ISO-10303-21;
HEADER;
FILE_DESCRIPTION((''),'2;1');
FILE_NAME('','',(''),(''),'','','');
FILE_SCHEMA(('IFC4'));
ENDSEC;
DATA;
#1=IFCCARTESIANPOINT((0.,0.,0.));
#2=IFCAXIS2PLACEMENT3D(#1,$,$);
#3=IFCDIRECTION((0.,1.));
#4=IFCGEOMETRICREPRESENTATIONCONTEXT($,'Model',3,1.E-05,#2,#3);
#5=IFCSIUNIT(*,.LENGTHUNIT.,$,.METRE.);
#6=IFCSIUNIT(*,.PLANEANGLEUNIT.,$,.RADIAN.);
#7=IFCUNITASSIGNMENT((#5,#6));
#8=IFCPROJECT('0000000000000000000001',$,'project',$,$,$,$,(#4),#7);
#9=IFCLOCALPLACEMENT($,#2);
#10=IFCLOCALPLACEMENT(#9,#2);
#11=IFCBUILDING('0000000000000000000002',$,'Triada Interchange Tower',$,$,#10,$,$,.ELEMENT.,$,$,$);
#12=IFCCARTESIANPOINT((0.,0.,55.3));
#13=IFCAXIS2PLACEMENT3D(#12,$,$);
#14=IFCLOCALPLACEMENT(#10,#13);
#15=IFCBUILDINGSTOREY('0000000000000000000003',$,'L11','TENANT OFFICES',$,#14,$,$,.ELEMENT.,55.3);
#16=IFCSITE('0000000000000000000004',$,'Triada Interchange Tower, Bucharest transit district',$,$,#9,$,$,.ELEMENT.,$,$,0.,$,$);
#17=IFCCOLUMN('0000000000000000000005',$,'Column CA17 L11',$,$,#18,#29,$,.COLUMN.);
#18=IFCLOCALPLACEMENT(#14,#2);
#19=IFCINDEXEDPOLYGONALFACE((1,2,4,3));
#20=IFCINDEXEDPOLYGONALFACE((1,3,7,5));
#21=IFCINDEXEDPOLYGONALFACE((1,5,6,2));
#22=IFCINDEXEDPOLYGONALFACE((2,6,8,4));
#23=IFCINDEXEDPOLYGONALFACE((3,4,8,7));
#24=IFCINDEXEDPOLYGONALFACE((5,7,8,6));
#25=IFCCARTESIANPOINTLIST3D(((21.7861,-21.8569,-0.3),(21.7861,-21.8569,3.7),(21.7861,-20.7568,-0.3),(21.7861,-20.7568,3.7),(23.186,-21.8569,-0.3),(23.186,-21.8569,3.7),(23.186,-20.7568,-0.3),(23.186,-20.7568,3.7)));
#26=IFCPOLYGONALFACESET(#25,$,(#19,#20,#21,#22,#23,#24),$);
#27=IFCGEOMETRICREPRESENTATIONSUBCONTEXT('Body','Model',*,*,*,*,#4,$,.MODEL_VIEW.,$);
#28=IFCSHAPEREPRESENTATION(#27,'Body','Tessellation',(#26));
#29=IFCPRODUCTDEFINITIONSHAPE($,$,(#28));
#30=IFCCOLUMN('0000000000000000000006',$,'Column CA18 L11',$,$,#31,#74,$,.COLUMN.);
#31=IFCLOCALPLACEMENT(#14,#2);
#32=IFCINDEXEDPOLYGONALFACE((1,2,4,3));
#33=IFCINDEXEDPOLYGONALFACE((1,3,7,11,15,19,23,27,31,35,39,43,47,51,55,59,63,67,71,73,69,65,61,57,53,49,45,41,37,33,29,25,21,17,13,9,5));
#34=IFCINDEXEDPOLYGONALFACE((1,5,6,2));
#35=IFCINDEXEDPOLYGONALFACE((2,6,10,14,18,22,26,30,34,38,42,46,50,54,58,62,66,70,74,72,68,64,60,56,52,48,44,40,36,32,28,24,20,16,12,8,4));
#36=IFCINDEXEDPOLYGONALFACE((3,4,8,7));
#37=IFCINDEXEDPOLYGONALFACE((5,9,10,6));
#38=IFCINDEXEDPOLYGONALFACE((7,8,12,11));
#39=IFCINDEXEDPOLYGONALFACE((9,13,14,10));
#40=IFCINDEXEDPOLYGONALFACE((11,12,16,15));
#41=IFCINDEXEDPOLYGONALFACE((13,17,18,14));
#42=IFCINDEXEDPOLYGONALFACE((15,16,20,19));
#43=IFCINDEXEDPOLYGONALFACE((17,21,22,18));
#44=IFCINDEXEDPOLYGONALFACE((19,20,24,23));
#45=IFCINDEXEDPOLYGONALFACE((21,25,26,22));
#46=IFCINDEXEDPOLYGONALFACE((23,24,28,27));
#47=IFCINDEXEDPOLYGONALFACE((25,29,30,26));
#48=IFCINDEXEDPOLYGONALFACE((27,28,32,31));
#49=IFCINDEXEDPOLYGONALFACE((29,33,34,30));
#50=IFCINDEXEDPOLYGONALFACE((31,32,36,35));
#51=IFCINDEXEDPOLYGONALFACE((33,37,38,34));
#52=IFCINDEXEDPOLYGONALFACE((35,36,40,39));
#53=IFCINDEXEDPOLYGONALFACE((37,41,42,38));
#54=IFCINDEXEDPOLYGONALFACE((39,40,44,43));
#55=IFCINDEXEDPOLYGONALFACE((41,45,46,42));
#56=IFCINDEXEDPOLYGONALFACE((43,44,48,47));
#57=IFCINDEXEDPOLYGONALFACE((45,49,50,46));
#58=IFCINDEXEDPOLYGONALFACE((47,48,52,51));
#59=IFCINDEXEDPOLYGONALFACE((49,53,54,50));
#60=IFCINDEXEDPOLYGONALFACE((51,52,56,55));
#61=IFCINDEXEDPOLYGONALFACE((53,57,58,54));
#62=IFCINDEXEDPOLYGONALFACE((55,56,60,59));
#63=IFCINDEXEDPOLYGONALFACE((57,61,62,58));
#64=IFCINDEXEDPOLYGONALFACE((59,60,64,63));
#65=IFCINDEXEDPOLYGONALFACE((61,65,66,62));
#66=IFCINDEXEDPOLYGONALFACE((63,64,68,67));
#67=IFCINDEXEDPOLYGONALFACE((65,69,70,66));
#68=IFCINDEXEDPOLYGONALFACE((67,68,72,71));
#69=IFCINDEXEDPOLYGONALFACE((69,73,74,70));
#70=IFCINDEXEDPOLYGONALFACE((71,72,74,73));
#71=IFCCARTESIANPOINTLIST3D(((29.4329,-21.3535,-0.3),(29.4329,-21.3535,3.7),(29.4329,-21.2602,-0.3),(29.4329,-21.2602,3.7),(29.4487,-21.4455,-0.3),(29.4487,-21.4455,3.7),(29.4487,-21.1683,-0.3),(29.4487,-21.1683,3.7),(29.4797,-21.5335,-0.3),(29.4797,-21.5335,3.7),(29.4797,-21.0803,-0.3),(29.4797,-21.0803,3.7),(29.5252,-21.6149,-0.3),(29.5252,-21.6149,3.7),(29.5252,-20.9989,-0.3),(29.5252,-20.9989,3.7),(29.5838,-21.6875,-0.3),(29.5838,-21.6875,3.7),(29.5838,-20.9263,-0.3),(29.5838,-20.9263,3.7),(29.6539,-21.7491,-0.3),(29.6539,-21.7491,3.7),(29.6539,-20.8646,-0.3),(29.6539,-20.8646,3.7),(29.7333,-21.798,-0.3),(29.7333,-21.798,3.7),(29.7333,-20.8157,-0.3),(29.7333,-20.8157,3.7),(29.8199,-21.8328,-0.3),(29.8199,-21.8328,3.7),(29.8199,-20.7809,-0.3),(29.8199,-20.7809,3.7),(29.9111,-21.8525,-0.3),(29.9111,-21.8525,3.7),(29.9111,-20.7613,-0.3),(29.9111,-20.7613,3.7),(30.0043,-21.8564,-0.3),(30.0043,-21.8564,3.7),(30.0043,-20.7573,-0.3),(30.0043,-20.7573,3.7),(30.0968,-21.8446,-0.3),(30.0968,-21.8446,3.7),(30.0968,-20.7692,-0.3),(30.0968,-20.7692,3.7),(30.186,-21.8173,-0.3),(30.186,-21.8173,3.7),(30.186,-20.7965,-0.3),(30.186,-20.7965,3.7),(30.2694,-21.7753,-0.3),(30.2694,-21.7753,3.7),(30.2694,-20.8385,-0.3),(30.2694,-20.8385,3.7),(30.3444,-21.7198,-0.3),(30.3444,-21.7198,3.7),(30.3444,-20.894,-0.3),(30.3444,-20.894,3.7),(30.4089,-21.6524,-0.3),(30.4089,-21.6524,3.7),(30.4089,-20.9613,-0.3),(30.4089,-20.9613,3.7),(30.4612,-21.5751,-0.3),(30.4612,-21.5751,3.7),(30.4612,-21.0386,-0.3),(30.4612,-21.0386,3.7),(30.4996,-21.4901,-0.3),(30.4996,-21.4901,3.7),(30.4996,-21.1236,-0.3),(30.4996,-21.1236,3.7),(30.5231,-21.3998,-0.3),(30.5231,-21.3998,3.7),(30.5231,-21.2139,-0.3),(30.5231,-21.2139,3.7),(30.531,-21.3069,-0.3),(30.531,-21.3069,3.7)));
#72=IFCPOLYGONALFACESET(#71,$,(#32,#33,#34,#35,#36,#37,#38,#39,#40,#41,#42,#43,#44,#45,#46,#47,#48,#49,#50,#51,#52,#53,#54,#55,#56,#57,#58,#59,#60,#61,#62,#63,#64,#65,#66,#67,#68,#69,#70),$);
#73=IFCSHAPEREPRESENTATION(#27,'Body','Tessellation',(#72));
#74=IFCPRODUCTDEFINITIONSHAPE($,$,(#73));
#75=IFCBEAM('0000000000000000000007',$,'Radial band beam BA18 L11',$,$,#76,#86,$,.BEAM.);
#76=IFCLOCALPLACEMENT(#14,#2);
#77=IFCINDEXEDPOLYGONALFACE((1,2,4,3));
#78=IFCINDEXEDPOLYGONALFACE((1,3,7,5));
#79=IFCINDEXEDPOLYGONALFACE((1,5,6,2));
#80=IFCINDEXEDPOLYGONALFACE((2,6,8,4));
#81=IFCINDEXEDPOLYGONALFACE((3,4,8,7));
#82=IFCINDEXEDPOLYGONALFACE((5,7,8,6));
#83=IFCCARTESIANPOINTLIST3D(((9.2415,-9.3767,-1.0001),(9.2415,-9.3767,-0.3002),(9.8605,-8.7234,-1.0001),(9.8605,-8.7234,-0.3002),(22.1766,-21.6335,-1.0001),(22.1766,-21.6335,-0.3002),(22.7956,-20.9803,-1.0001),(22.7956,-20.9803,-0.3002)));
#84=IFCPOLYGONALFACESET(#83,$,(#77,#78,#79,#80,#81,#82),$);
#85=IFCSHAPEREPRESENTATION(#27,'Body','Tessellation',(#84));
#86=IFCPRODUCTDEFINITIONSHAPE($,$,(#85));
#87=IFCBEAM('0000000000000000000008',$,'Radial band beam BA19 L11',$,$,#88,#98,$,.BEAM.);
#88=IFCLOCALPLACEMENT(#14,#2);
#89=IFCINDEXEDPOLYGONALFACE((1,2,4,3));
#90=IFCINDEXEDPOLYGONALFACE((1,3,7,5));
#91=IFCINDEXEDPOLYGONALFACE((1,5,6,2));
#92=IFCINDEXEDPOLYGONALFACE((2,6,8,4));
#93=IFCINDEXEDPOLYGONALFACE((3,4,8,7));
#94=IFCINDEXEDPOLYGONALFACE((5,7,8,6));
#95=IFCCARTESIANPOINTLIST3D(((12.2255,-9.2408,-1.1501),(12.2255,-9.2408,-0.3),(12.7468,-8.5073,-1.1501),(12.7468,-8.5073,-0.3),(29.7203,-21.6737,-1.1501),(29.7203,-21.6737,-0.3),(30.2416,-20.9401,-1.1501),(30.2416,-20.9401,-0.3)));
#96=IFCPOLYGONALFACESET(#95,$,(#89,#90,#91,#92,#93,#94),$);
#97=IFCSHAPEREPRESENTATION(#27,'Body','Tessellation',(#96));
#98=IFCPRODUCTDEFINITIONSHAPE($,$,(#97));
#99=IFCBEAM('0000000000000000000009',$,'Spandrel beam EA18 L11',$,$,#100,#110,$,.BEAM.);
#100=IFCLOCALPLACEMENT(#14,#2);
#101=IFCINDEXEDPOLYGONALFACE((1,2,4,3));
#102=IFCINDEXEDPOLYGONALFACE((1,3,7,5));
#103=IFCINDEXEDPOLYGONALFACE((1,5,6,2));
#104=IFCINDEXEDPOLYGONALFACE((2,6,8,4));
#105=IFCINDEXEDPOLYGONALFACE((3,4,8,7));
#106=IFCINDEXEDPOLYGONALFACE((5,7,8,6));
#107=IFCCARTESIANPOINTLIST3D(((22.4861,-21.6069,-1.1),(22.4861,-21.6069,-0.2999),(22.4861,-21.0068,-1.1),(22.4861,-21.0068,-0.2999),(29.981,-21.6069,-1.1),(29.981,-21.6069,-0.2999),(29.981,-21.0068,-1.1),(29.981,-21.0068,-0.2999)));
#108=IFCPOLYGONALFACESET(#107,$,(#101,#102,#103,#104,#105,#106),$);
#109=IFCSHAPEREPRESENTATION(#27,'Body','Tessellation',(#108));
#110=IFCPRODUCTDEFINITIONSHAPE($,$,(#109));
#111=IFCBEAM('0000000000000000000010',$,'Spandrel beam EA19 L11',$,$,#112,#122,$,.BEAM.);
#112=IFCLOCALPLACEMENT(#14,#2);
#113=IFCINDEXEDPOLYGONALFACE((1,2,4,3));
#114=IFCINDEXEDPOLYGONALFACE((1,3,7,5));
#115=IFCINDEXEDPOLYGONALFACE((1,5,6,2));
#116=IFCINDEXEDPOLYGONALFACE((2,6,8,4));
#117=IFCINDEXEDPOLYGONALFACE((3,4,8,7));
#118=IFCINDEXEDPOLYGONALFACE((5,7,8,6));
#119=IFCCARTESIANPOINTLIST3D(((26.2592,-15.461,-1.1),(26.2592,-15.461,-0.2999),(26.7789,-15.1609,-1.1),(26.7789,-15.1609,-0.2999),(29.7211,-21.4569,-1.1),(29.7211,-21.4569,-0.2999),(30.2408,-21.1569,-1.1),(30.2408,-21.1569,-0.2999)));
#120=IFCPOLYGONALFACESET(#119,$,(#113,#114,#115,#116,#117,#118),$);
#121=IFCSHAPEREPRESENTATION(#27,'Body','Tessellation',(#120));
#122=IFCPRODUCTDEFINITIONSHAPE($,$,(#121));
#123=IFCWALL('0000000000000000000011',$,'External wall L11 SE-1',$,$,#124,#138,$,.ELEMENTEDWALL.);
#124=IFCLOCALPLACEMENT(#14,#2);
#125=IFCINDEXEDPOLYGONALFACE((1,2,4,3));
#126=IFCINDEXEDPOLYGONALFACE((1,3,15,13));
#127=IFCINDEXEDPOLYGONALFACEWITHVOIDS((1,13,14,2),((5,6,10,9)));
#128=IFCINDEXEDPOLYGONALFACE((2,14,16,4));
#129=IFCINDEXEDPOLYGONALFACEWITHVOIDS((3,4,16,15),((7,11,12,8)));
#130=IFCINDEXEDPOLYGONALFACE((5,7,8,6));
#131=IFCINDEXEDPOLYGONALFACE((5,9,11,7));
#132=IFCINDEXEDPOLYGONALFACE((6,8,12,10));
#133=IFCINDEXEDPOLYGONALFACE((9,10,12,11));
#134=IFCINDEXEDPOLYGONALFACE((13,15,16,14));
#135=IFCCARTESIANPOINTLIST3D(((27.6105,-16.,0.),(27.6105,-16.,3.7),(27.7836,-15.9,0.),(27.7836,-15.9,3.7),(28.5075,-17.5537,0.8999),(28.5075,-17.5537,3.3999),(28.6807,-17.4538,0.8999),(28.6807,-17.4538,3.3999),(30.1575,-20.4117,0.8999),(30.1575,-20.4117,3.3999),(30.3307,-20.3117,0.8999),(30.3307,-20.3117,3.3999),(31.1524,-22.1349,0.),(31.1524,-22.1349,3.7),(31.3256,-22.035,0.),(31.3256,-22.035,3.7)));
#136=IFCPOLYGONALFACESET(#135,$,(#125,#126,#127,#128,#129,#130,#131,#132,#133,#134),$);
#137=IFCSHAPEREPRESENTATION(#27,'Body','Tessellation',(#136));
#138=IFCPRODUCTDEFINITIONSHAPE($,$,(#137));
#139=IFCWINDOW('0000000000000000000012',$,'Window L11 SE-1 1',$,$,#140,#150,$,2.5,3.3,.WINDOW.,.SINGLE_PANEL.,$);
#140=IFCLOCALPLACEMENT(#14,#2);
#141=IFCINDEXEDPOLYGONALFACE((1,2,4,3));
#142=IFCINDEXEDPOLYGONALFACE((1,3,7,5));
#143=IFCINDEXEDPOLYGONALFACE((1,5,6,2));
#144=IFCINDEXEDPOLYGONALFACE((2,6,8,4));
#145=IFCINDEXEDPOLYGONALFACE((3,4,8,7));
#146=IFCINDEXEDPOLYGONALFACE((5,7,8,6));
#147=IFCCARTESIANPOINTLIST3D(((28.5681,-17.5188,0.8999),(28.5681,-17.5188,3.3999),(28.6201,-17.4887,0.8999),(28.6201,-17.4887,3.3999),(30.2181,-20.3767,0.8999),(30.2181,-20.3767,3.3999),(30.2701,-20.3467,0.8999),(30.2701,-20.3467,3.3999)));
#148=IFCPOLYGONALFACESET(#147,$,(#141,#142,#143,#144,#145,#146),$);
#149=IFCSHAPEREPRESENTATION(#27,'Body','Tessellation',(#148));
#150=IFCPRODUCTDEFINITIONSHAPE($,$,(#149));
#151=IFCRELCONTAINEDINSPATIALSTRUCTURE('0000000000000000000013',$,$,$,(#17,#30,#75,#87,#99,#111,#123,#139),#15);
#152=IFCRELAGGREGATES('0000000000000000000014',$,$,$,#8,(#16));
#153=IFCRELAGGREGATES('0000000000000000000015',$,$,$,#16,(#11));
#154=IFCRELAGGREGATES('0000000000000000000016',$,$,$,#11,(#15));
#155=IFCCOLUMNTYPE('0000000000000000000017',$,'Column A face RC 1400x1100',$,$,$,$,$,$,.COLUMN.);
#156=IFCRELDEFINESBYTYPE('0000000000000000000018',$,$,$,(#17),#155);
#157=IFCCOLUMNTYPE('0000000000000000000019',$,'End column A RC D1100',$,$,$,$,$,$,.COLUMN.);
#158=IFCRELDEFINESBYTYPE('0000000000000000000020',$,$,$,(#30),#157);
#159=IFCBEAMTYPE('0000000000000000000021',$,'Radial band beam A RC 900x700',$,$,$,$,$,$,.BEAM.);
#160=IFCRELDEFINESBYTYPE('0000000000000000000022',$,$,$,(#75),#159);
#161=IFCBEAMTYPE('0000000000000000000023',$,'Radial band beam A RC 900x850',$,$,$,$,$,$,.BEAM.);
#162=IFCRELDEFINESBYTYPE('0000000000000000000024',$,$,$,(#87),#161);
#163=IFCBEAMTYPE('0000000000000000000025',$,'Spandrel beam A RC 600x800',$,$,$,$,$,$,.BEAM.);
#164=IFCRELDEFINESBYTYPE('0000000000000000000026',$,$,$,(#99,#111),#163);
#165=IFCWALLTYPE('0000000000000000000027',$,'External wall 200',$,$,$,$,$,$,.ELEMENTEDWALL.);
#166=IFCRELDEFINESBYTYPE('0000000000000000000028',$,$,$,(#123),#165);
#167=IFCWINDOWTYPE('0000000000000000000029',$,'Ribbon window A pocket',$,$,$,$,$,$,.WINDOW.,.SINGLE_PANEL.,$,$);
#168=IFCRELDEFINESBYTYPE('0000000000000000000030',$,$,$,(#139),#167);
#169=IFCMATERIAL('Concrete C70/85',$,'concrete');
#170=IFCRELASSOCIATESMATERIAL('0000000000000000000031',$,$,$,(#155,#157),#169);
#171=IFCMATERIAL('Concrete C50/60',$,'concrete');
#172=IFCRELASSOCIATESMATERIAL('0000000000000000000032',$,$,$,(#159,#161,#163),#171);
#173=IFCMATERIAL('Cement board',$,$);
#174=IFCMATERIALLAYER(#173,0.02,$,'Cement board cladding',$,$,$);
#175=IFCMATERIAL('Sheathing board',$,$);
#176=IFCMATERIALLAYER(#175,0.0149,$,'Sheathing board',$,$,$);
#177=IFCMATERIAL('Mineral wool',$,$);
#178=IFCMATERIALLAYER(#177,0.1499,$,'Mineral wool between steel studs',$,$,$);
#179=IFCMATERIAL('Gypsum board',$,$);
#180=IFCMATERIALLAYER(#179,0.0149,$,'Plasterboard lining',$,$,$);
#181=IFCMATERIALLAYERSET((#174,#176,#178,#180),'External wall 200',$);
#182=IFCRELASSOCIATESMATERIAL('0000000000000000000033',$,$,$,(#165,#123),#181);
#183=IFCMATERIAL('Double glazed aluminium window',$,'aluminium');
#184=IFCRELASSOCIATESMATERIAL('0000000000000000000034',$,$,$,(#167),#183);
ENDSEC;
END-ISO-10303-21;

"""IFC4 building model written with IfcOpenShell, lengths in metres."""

from ifc_helpers import new_model, si_unit, direction, frame, frame_2d, origin, origin_2d, place, context, subcontext, project, spatial, rectangle, circle, extrude, material, layer, layer_set, layer_usage, material_profile, profile_set, type_object, element, fill, save


model = new_model("IFC4")

# Units and contexts
model_context = context("Model", 3, precision=1e-05, world=origin(), true_north=direction((0.0, 1.0)))
body_context = subcontext(model_context, "Body", "Model", "MODEL_VIEW")
ifc_project = project(units=[si_unit("LENGTHUNIT", "METRE"), si_unit("PLANEANGLEUNIT", "RADIAN")], contexts=[model_context])

# Site, building, storey
site_placement = place(None, origin())
site = spatial("IfcSite", under=ifc_project, at=site_placement, Name="Triada Interchange Tower, Bucharest transit district", CompositionType="ELEMENT", RefElevation=0.0)
building_placement = place(site_placement, origin())
building = spatial("IfcBuilding", under=site, at=building_placement, Name="Triada Interchange Tower", CompositionType="ELEMENT")
storey_placement = place(building_placement, frame((0.0, 0.0, 55.3)))
storey = spatial("IfcBuildingStorey", under=building, at=storey_placement, Name="L11", Description="TENANT OFFICES", CompositionType="ELEMENT", Elevation=55.3)

# Columns
ifc_material_1 = material(Name="Concrete C70/85", Category="concrete")
ifc_material_profile_1 = material_profile(ifc_material_1, rectangle(XDim=1.3999, YDim=1.1001, at=origin_2d()), Name="RC 1400x1100")
ifc_profile_set_1 = profile_set([ifc_material_profile_1], Name="Concrete C70/85")
column_type_1 = type_object("IfcColumnType", Name="Column A face RC 1400x1100", PredefinedType="COLUMN", material=ifc_profile_set_1)
column_1_placement = place(storey_placement, frame((22.4861, -21.3069, -0.3), z_axis=(0.0, 0.0, 1.0), x_axis=(1.0, 0.0, 0.0)))
element("IfcColumn", 1, at=column_1_placement, inside=storey, type_object=column_type_1, Name="Column CA17 L11", PredefinedType="COLUMN", context=body_context, shape_type="SweptSolid", body=[
    extrude(rectangle(XDim=1.3999, YDim=1.1001, at=origin_2d()), origin(), (0.0, 0.0, 1.0), 4.0),
])
ifc_material_profile_2 = material_profile(ifc_material_1, circle(Radius=0.55, at=origin_2d()), Name="RC D1100")
ifc_profile_set_2 = profile_set([ifc_material_profile_2], Name="Concrete C70/85")
column_type_2 = type_object("IfcColumnType", Name="End column A RC D1100", PredefinedType="COLUMN", material=ifc_profile_set_2)
column_2_placement = place(storey_placement, frame((29.981, -21.3069, -0.3), z_axis=(0.0, 0.0, 1.0), x_axis=(1.0, 0.0, 0.0)))
element("IfcColumn", 2, at=column_2_placement, inside=storey, type_object=column_type_2, Name="Column CA18 L11", PredefinedType="COLUMN", context=body_context, shape_type="SweptSolid", body=[
    extrude(circle(Radius=0.55, at=origin_2d()), origin(), (0.0, 0.0, 1.0), 4.0),
])

# Beams
ifc_material_2 = material(Name="Concrete C50/60", Category="concrete")
ifc_material_profile_3 = material_profile(ifc_material_2, rectangle(XDim=0.8999, YDim=0.7, at=origin_2d()), Name="RC 900x700")
ifc_profile_set_3 = profile_set([ifc_material_profile_3], Name="Concrete C50/60")
beam_type_1 = type_object("IfcBeamType", Name="Radial band beam A RC 900x700", PredefinedType="BEAM", material=ifc_profile_set_3)
beam_1_placement = place(storey_placement, frame((22.4861, -21.3069, -0.6501), z_axis=(-0.725881, 0.687821, 0.0), x_axis=(-0.687821, -0.725881, 0.0)))
element("IfcBeam", 3, at=beam_1_placement, inside=storey, type_object=beam_type_1, Name="Radial band beam BA18 L11", PredefinedType="BEAM", context=body_context, shape_type="SweptSolid", body=[
    extrude(rectangle(XDim=0.8999, YDim=0.7, at=origin_2d()), origin(), (0.0, 0.0, 1.0), 17.8198),
])
ifc_material_profile_4 = material_profile(ifc_material_2, rectangle(XDim=0.8999, YDim=0.8501, at=origin_2d()), Name="RC 900x850")
ifc_profile_set_4 = profile_set([ifc_material_profile_4], Name="Concrete C50/60")
beam_type_2 = type_object("IfcBeamType", Name="Radial band beam A RC 900x850", PredefinedType="BEAM", material=ifc_profile_set_4)
beam_2_placement = place(storey_placement, frame((29.981, -21.3069, -0.7251), z_axis=(-0.81513, 0.579278, 0.0), x_axis=(-0.579278, -0.81513, 0.0)))
element("IfcBeam", 4, at=beam_2_placement, inside=storey, type_object=beam_type_2, Name="Radial band beam BA19 L11", PredefinedType="BEAM", context=body_context, shape_type="SweptSolid", body=[
    extrude(rectangle(XDim=0.8999, YDim=0.8501, at=origin_2d()), origin(), (0.0, 0.0, 1.0), 21.4626),
])
ifc_material_profile_5 = material_profile(ifc_material_2, rectangle(XDim=0.6001, YDim=0.8, at=origin_2d()), Name="RC 600x800")
ifc_profile_set_5 = profile_set([ifc_material_profile_5], Name="Concrete C50/60")
beam_type_3 = type_object("IfcBeamType", Name="Spandrel beam A RC 600x800", PredefinedType="BEAM", material=ifc_profile_set_5)
beam_3_placement = place(storey_placement, frame((22.4861, -21.3069, -0.7), z_axis=(1.0, 0.0, 0.0), x_axis=(0.0, 1.0, 0.0)))
element("IfcBeam", 5, at=beam_3_placement, inside=storey, type_object=beam_type_3, Name="Spandrel beam EA18 L11", PredefinedType="BEAM", context=body_context, shape_type="SweptSolid", body=[
    extrude(rectangle(XDim=0.6001, YDim=0.8, at=origin_2d()), origin(), (0.0, 0.0, 1.0), 7.4949),
])
beam_4_placement = place(storey_placement, frame((29.981, -21.3069, -0.7), z_axis=(-0.500023, 0.866012, 0.0), x_axis=(-0.866012, -0.500023, 0.0)))
element("IfcBeam", 6, at=beam_4_placement, inside=storey, type_object=beam_type_3, Name="Spandrel beam EA19 L11", PredefinedType="BEAM", context=body_context, shape_type="SweptSolid", body=[
    extrude(rectangle(XDim=0.6001, YDim=0.8, at=origin_2d()), origin(), (0.0, 0.0, 1.0), 6.9236),
])

# Wall, opening, window
ifc_material_3 = material(Name="Cement board")
ifc_layer_1 = layer(ifc_material_3, 0.02, Name="Cement board cladding")
ifc_material_4 = material(Name="Sheathing board")
ifc_layer_2 = layer(ifc_material_4, 0.0149, Name="Sheathing board")
ifc_material_5 = material(Name="Mineral wool")
ifc_layer_3 = layer(ifc_material_5, 0.1499, Name="Mineral wool between steel studs")
ifc_material_6 = material(Name="Gypsum board")
ifc_layer_4 = layer(ifc_material_6, 0.0149, Name="Plasterboard lining")
ifc_layer_set_1 = layer_set([ifc_layer_1, ifc_layer_2, ifc_layer_3, ifc_layer_4], Name="External wall 200")
ifc_layer_usage = layer_usage(ifc_layer_set_1, "AXIS2", "POSITIVE", -0.1001)
wall_type_1 = type_object("IfcWallType", Name="External wall 200", PredefinedType="ELEMENTEDWALL", material=ifc_layer_set_1)
wall_1_placement = place(storey_placement, frame((31.239, -22.085, 0.0), z_axis=(0.0, 0.0, 1.0), x_axis=(-0.499994, 0.866029, 0.0)))
wall_1 = element("IfcWall", 7, at=wall_1_placement, inside=storey, type_object=wall_type_1, material=ifc_layer_usage, Name="External wall L11 SE-1", PredefinedType="ELEMENTEDWALL", context=body_context, shape_type="SweptSolid", body=[
    extrude(rectangle(XDim=7.084, YDim=0.2, at=frame_2d((3.542, 0.0))), origin(), (0.0, 0.0, 1.0), 3.7),
])
opening_1_placement = place(wall_1_placement, frame((1.99, 0.0, 0.8999)))
opening_1 = element("IfcOpeningElement", 8, at=opening_1_placement, cuts=wall_1, PredefinedType="OPENING", context=body_context, shape_type="SweptSolid", body=[
    extrude(rectangle(XDim=3.3, YDim=2.5, at=frame_2d((1.6499, 1.25))), frame((0.0, 0.1099, 0.0), z_axis=(0.0, -1.0, 0.0), x_axis=(1.0, 0.0, 0.0)), (0.0, 0.0, 1.0), 0.22),
])
ifc_material_7 = material(Name="Double glazed aluminium window", Category="aluminium")
window_type_1 = type_object("IfcWindowType", Name="Ribbon window A pocket", PartitioningType="SINGLE_PANEL", PredefinedType="WINDOW", material=ifc_material_7)
window_1_placement = place(opening_1_placement, origin())
window_1 = element("IfcWindow", 9, at=window_1_placement, inside=storey, type_object=window_type_1, Name="Window L11 SE-1 1", OverallHeight=2.5, OverallWidth=3.3, PartitioningType="SINGLE_PANEL", PredefinedType="WINDOW", context=body_context, shape_type="SweptSolid", body=[
    extrude(rectangle(XDim=3.3, YDim=2.5, at=frame_2d((1.6499, 1.25))), frame((0.0, 0.03, 0.0), z_axis=(0.0, -1.0, 0.0), x_axis=(1.0, 0.0, 0.0)), (0.0, 0.0, 1.0), 0.0601),
])
fill(opening_1, window_1)

save(model, "model.ifc")
